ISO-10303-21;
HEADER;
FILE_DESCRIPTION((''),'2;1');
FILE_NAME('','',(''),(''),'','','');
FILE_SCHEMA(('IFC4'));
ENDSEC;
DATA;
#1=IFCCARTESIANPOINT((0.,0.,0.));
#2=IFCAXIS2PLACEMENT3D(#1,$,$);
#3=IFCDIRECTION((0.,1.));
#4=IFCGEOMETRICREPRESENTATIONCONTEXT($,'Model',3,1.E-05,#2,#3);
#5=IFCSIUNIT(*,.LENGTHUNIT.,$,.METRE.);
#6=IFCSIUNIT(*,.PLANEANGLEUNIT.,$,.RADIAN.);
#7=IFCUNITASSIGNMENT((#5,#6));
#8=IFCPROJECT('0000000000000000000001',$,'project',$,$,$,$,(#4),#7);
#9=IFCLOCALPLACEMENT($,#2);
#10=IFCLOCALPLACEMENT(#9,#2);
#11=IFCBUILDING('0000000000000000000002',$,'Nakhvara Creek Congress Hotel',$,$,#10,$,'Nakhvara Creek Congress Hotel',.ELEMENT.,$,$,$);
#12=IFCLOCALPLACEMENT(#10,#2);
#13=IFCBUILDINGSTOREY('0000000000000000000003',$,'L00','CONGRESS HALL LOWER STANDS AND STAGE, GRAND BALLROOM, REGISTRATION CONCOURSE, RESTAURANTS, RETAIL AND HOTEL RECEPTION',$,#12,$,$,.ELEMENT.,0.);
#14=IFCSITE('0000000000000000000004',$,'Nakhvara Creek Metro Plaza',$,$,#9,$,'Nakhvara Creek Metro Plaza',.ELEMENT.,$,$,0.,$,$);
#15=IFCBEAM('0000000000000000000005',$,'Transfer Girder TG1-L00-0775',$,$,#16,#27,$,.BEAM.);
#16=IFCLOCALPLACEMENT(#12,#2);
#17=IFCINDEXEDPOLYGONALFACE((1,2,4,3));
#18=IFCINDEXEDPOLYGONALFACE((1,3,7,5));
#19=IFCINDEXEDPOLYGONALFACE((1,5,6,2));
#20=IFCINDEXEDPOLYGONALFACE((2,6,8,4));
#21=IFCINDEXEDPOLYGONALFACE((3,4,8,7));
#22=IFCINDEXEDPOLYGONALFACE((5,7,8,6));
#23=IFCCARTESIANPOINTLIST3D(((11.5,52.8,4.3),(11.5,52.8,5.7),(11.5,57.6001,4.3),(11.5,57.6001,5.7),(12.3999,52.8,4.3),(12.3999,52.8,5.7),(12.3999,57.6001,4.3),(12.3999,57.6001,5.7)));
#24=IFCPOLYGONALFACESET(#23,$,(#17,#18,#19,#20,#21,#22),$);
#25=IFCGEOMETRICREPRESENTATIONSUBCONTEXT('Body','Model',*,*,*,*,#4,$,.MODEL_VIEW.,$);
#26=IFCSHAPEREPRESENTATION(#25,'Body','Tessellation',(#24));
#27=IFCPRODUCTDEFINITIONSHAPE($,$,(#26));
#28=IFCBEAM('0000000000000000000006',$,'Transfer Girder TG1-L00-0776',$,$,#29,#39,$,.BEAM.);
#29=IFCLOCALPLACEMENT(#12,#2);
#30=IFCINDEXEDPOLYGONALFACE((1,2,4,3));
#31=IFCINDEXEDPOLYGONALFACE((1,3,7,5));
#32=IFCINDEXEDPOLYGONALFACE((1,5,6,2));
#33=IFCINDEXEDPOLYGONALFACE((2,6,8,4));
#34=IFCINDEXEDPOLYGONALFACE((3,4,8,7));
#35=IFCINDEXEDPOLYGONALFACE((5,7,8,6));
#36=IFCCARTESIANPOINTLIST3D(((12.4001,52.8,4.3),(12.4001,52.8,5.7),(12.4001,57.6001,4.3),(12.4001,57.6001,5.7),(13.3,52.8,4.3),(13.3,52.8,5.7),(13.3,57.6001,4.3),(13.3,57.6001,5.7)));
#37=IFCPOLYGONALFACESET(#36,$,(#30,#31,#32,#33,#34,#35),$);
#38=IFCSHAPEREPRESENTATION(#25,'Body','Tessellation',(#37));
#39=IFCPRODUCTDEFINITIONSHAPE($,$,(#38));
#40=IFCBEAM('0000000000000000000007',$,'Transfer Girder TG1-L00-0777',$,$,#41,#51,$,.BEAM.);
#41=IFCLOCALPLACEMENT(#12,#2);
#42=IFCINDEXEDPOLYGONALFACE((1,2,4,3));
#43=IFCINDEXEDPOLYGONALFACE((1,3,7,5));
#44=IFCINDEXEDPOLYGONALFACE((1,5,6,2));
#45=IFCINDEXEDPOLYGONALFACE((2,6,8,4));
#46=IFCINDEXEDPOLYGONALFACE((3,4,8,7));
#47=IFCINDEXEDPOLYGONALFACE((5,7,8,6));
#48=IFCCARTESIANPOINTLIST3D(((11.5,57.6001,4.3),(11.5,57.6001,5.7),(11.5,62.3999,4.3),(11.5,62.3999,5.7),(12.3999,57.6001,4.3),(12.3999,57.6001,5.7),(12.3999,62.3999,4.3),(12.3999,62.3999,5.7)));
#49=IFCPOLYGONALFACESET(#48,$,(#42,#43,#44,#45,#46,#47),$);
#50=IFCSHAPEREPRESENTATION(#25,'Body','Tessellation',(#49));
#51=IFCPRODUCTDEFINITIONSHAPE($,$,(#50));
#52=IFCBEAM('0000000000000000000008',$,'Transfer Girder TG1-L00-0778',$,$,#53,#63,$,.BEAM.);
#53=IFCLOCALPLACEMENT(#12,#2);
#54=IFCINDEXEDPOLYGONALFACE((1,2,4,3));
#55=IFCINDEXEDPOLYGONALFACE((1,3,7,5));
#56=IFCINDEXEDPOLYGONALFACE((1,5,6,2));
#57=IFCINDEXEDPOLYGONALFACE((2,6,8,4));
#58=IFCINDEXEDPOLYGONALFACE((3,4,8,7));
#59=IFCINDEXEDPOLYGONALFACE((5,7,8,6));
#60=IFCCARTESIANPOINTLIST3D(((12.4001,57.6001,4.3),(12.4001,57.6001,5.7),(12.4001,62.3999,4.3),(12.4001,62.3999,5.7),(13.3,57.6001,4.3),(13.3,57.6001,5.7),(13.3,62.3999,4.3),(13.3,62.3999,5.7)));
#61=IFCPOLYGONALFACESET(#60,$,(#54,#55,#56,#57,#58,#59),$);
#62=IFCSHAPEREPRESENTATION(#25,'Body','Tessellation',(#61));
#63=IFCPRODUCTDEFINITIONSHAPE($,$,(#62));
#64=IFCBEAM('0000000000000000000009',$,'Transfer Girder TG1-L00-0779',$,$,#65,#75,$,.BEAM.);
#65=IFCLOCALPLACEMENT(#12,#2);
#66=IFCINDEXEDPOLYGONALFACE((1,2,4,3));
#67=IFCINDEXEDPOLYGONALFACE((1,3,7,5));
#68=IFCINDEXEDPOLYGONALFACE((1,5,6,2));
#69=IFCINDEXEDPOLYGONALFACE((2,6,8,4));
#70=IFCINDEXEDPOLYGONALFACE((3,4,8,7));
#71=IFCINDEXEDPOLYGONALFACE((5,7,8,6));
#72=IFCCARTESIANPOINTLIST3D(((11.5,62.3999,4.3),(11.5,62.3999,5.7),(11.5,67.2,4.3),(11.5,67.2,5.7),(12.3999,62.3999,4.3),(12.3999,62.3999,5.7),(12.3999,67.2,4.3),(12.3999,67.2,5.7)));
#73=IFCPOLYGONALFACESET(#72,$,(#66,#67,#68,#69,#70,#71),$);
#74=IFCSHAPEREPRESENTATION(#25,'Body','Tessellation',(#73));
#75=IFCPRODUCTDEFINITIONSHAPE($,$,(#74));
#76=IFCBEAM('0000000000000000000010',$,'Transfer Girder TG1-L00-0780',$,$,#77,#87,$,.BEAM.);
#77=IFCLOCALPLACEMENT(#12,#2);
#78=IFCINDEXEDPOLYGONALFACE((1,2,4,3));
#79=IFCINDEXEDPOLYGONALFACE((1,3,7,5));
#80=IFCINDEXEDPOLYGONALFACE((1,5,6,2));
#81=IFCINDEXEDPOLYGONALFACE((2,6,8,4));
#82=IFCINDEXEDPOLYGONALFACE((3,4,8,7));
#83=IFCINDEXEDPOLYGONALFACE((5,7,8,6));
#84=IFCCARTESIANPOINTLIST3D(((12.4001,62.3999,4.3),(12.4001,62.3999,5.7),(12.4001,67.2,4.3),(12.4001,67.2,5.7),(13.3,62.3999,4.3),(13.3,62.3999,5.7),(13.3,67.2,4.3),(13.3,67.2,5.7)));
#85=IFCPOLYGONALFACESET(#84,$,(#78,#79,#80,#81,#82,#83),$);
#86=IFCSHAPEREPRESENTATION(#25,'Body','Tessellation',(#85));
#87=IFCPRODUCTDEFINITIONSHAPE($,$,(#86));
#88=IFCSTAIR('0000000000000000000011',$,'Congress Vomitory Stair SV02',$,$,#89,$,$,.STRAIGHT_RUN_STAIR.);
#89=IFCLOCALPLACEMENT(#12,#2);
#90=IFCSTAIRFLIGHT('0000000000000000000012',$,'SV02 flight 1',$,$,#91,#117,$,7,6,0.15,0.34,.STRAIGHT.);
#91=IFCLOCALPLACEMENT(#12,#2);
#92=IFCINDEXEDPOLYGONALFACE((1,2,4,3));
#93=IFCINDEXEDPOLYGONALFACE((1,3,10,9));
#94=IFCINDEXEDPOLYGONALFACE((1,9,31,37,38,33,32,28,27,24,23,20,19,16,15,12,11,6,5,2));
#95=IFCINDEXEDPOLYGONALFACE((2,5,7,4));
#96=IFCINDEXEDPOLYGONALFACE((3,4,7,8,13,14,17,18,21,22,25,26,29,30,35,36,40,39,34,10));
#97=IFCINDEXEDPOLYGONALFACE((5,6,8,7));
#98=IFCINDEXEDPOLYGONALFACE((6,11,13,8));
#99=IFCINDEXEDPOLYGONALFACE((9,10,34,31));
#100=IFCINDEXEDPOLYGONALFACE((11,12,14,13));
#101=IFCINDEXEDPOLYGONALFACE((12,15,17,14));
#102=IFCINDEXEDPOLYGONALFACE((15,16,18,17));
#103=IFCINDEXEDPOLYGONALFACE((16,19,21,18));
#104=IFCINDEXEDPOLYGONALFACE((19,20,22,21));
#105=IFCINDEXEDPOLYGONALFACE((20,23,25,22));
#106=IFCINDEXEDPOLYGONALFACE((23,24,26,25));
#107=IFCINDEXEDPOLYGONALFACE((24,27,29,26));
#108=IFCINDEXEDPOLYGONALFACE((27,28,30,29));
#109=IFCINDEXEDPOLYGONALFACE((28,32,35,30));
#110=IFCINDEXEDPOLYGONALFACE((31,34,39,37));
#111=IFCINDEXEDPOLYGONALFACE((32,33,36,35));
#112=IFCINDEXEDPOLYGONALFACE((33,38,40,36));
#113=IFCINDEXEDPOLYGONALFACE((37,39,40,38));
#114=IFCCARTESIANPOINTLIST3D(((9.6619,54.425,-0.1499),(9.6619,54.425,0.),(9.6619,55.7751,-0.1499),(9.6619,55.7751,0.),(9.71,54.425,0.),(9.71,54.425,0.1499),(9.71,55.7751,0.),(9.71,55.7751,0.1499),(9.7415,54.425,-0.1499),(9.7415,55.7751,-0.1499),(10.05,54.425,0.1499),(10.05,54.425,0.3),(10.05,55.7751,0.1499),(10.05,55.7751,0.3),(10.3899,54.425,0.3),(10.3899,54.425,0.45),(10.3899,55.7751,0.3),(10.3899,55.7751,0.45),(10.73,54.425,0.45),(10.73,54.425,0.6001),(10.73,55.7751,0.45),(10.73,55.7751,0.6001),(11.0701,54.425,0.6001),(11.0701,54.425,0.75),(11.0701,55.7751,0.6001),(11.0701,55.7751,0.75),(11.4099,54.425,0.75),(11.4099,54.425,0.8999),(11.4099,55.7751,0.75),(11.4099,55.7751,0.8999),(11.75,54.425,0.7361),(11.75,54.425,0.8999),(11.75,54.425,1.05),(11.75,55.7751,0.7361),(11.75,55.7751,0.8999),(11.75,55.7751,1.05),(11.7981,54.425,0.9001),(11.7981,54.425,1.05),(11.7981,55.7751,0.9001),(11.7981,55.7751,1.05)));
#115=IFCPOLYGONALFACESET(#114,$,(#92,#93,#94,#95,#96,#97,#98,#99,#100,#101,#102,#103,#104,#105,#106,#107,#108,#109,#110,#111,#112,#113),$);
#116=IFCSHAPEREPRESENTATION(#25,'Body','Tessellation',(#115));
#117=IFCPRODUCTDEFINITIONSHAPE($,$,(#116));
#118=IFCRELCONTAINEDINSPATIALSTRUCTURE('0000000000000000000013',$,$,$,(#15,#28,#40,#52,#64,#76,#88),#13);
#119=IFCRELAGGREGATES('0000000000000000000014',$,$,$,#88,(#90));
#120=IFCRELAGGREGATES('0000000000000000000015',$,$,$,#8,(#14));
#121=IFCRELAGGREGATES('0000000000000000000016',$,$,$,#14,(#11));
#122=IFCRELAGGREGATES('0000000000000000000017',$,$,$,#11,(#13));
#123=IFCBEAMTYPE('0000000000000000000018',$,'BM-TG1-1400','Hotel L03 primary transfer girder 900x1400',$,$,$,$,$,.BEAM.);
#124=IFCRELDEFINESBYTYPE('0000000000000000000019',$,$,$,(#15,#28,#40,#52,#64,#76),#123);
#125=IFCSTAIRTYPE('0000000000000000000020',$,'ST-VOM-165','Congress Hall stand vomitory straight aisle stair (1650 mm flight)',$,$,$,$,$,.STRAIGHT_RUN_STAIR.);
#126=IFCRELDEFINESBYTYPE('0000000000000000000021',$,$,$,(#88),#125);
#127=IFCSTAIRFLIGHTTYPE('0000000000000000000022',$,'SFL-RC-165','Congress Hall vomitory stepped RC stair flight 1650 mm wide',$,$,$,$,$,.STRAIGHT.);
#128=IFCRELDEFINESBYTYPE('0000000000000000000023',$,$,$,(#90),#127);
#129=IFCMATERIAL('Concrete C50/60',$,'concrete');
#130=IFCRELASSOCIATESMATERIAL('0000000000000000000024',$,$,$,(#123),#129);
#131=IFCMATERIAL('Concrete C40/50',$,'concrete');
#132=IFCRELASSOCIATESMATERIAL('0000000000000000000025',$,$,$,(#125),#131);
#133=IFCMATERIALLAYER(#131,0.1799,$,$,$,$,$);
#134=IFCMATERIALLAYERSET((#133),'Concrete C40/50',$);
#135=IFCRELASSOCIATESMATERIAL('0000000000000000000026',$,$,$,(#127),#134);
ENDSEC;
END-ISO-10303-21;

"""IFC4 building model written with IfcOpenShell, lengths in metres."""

from ifc_helpers import new_model, si_unit, direction, frame, origin, origin_2d, place, context, subcontext, project, spatial, polyline, rectangle, outline, extrude, material, layer, layer_set, material_profile, profile_set, type_object, element, aggregate, save


model = new_model("IFC4")

# Units and contexts
model_context = context("Model", 3, precision=1e-05, world=origin(), true_north=direction((0.0, 1.0)))
body_context = subcontext(model_context, "Body", "Model", "MODEL_VIEW")
ifc_project = project(units=[si_unit("LENGTHUNIT", "METRE"), si_unit("PLANEANGLEUNIT", "RADIAN")], contexts=[model_context])

# Site, building, storey
site_placement = place(None, origin())
site = spatial("IfcSite", under=ifc_project, at=site_placement, Name="Nakhvara Creek Metro Plaza", LongName="Nakhvara Creek Metro Plaza", CompositionType="ELEMENT", RefElevation=0.0)
building_placement = place(site_placement, origin())
building = spatial("IfcBuilding", under=site, at=building_placement, Name="Nakhvara Creek Congress Hotel", LongName="Nakhvara Creek Congress Hotel", CompositionType="ELEMENT")
storey_placement = place(building_placement, origin())
storey = spatial("IfcBuildingStorey", under=building, at=storey_placement, Name="L00", Description="CONGRESS HALL LOWER STANDS AND STAGE, GRAND BALLROOM, REGISTRATION CONCOURSE, RESTAURANTS, RETAIL AND HOTEL RECEPTION", CompositionType="ELEMENT", Elevation=0.0)

# Shared definitions
ifc_material_1 = material(Name="Concrete C50/60", Category="concrete")

# Beams
ifc_material_profile_1 = material_profile(ifc_material_1, rectangle(XDim=0.8999, YDim=1.3999, at=origin_2d()), Name="RC-TG 900x1400", Category="LoadBearing")
ifc_profile_set_1 = profile_set([ifc_material_profile_1], Name="Concrete C50/60")
beam_type_1 = type_object("IfcBeamType", Name="BM-TG1-1400", Description="Hotel L03 primary transfer girder 900x1400", PredefinedType="BEAM", material=ifc_profile_set_1)
for number, where, z_axis, x_axis, name in (
    (1, (11.95, 52.8, 5.0), (0.0, 1.0, 0.0), (-1.0, 0.0, 0.0), "Transfer Girder TG1-L00-0775"),
    (2, (12.8501, 52.8, 5.0), (0.0, 1.0, 0.0), (-1.0, 0.0, 0.0), "Transfer Girder TG1-L00-0776"),
):
    element("IfcBeam", number, at=place(storey_placement, frame(where, z_axis=z_axis, x_axis=x_axis)), inside=storey, type_object=beam_type_1, Name=name, PredefinedType="BEAM", context=body_context, shape_type="SweptSolid", body=[
        extrude(rectangle(XDim=0.8999, YDim=1.3999, at=origin_2d()), origin(), (0.0, 0.0, 1.0), 4.8),
    ])
for number, where, z_axis, x_axis, name in (
    (3, (11.95, 57.6001, 5.0), (0.0, 1.0, 0.0), (-1.0, 0.0, 0.0), "Transfer Girder TG1-L00-0777"),
    (4, (12.8501, 57.6001, 5.0), (0.0, 1.0, 0.0), (-1.0, 0.0, 0.0), "Transfer Girder TG1-L00-0778"),
):
    element("IfcBeam", number, at=place(storey_placement, frame(where, z_axis=z_axis, x_axis=x_axis)), inside=storey, type_object=beam_type_1, Name=name, PredefinedType="BEAM", context=body_context, shape_type="SweptSolid", body=[
        extrude(rectangle(XDim=0.8999, YDim=1.3999, at=origin_2d()), origin(), (0.0, 0.0, 1.0), 4.7998),
    ])
for number, where, z_axis, x_axis, name in (
    (5, (11.95, 62.3999, 5.0), (0.0, 1.0, 0.0), (-1.0, 0.0, 0.0), "Transfer Girder TG1-L00-0779"),
    (6, (12.8501, 62.3999, 5.0), (0.0, 1.0, 0.0), (-1.0, 0.0, 0.0), "Transfer Girder TG1-L00-0780"),
):
    element("IfcBeam", number, at=place(storey_placement, frame(where, z_axis=z_axis, x_axis=x_axis)), inside=storey, type_object=beam_type_1, Name=name, PredefinedType="BEAM", context=body_context, shape_type="SweptSolid", body=[
        extrude(rectangle(XDim=0.8999, YDim=1.3999, at=origin_2d()), origin(), (0.0, 0.0, 1.0), 4.8),
    ])

# Stair, stair flight
ifc_material_2 = material(Name="Concrete C40/50", Category="concrete")
stair_type = type_object("IfcStairType", Name="ST-VOM-165", Description="Congress Hall stand vomitory straight aisle stair (1650 mm flight)", PredefinedType="STRAIGHT_RUN_STAIR", material=ifc_material_2)
stair_placement = place(storey_placement, origin())
stair = element("IfcStair", 7, at=stair_placement, inside=storey, type_object=stair_type, Name="Congress Vomitory Stair SV02", PredefinedType="STRAIGHT_RUN_STAIR")
ifc_layer = layer(ifc_material_2, 0.1799)
ifc_layer_set = layer_set([ifc_layer], Name="Concrete C40/50")
stair_flight_type = type_object("IfcStairFlightType", Name="SFL-RC-165", Description="Congress Hall vomitory stepped RC stair flight 1650 mm wide", PredefinedType="STRAIGHT", material=ifc_layer_set)
stair_flight_placement = place(storey_placement, frame((9.71, 55.1001, 0.0), z_axis=(0.0, 0.0, 1.0), x_axis=(1.0, 0.0, 0.0)))
stair_flight = element("IfcStairFlight", 8, at=stair_flight_placement, type_object=stair_flight_type, Name="SV02 flight 1", NumberOfRisers=7, NumberOfTreads=6, PredefinedType="STRAIGHT", RiserHeight=0.15, TreadLength=0.34, context=body_context, shape_type="SweptSolid", body=[
    extrude(outline(polyline([(-0.0481, 0.0), (0.0, 0.0), (0.0, 0.1499), (0.3401, 0.1499), (0.3401, 0.3), (0.6799, 0.3), (0.6799, 0.45), (1.02, 0.45), (1.02, 0.6001), (1.3601, 0.6001), (1.3601, 0.75), (1.7, 0.75), (1.7, 0.8999), (2.04, 0.8999), (2.04, 1.05), (2.0881, 1.05), (2.0881, 0.9001), (2.04, 0.7361), (0.0315, -0.1499), (-0.0481, -0.1499), (-0.0481, 0.0)])), frame((0.0, 0.675, 0.0), z_axis=(0.0, -1.0, 0.0), x_axis=(1.0, 0.0, 0.0)), (0.0, 0.0, 1.0), 1.3501),
])
aggregate(stair, [stair_flight])

save(model, "model.ifc")
